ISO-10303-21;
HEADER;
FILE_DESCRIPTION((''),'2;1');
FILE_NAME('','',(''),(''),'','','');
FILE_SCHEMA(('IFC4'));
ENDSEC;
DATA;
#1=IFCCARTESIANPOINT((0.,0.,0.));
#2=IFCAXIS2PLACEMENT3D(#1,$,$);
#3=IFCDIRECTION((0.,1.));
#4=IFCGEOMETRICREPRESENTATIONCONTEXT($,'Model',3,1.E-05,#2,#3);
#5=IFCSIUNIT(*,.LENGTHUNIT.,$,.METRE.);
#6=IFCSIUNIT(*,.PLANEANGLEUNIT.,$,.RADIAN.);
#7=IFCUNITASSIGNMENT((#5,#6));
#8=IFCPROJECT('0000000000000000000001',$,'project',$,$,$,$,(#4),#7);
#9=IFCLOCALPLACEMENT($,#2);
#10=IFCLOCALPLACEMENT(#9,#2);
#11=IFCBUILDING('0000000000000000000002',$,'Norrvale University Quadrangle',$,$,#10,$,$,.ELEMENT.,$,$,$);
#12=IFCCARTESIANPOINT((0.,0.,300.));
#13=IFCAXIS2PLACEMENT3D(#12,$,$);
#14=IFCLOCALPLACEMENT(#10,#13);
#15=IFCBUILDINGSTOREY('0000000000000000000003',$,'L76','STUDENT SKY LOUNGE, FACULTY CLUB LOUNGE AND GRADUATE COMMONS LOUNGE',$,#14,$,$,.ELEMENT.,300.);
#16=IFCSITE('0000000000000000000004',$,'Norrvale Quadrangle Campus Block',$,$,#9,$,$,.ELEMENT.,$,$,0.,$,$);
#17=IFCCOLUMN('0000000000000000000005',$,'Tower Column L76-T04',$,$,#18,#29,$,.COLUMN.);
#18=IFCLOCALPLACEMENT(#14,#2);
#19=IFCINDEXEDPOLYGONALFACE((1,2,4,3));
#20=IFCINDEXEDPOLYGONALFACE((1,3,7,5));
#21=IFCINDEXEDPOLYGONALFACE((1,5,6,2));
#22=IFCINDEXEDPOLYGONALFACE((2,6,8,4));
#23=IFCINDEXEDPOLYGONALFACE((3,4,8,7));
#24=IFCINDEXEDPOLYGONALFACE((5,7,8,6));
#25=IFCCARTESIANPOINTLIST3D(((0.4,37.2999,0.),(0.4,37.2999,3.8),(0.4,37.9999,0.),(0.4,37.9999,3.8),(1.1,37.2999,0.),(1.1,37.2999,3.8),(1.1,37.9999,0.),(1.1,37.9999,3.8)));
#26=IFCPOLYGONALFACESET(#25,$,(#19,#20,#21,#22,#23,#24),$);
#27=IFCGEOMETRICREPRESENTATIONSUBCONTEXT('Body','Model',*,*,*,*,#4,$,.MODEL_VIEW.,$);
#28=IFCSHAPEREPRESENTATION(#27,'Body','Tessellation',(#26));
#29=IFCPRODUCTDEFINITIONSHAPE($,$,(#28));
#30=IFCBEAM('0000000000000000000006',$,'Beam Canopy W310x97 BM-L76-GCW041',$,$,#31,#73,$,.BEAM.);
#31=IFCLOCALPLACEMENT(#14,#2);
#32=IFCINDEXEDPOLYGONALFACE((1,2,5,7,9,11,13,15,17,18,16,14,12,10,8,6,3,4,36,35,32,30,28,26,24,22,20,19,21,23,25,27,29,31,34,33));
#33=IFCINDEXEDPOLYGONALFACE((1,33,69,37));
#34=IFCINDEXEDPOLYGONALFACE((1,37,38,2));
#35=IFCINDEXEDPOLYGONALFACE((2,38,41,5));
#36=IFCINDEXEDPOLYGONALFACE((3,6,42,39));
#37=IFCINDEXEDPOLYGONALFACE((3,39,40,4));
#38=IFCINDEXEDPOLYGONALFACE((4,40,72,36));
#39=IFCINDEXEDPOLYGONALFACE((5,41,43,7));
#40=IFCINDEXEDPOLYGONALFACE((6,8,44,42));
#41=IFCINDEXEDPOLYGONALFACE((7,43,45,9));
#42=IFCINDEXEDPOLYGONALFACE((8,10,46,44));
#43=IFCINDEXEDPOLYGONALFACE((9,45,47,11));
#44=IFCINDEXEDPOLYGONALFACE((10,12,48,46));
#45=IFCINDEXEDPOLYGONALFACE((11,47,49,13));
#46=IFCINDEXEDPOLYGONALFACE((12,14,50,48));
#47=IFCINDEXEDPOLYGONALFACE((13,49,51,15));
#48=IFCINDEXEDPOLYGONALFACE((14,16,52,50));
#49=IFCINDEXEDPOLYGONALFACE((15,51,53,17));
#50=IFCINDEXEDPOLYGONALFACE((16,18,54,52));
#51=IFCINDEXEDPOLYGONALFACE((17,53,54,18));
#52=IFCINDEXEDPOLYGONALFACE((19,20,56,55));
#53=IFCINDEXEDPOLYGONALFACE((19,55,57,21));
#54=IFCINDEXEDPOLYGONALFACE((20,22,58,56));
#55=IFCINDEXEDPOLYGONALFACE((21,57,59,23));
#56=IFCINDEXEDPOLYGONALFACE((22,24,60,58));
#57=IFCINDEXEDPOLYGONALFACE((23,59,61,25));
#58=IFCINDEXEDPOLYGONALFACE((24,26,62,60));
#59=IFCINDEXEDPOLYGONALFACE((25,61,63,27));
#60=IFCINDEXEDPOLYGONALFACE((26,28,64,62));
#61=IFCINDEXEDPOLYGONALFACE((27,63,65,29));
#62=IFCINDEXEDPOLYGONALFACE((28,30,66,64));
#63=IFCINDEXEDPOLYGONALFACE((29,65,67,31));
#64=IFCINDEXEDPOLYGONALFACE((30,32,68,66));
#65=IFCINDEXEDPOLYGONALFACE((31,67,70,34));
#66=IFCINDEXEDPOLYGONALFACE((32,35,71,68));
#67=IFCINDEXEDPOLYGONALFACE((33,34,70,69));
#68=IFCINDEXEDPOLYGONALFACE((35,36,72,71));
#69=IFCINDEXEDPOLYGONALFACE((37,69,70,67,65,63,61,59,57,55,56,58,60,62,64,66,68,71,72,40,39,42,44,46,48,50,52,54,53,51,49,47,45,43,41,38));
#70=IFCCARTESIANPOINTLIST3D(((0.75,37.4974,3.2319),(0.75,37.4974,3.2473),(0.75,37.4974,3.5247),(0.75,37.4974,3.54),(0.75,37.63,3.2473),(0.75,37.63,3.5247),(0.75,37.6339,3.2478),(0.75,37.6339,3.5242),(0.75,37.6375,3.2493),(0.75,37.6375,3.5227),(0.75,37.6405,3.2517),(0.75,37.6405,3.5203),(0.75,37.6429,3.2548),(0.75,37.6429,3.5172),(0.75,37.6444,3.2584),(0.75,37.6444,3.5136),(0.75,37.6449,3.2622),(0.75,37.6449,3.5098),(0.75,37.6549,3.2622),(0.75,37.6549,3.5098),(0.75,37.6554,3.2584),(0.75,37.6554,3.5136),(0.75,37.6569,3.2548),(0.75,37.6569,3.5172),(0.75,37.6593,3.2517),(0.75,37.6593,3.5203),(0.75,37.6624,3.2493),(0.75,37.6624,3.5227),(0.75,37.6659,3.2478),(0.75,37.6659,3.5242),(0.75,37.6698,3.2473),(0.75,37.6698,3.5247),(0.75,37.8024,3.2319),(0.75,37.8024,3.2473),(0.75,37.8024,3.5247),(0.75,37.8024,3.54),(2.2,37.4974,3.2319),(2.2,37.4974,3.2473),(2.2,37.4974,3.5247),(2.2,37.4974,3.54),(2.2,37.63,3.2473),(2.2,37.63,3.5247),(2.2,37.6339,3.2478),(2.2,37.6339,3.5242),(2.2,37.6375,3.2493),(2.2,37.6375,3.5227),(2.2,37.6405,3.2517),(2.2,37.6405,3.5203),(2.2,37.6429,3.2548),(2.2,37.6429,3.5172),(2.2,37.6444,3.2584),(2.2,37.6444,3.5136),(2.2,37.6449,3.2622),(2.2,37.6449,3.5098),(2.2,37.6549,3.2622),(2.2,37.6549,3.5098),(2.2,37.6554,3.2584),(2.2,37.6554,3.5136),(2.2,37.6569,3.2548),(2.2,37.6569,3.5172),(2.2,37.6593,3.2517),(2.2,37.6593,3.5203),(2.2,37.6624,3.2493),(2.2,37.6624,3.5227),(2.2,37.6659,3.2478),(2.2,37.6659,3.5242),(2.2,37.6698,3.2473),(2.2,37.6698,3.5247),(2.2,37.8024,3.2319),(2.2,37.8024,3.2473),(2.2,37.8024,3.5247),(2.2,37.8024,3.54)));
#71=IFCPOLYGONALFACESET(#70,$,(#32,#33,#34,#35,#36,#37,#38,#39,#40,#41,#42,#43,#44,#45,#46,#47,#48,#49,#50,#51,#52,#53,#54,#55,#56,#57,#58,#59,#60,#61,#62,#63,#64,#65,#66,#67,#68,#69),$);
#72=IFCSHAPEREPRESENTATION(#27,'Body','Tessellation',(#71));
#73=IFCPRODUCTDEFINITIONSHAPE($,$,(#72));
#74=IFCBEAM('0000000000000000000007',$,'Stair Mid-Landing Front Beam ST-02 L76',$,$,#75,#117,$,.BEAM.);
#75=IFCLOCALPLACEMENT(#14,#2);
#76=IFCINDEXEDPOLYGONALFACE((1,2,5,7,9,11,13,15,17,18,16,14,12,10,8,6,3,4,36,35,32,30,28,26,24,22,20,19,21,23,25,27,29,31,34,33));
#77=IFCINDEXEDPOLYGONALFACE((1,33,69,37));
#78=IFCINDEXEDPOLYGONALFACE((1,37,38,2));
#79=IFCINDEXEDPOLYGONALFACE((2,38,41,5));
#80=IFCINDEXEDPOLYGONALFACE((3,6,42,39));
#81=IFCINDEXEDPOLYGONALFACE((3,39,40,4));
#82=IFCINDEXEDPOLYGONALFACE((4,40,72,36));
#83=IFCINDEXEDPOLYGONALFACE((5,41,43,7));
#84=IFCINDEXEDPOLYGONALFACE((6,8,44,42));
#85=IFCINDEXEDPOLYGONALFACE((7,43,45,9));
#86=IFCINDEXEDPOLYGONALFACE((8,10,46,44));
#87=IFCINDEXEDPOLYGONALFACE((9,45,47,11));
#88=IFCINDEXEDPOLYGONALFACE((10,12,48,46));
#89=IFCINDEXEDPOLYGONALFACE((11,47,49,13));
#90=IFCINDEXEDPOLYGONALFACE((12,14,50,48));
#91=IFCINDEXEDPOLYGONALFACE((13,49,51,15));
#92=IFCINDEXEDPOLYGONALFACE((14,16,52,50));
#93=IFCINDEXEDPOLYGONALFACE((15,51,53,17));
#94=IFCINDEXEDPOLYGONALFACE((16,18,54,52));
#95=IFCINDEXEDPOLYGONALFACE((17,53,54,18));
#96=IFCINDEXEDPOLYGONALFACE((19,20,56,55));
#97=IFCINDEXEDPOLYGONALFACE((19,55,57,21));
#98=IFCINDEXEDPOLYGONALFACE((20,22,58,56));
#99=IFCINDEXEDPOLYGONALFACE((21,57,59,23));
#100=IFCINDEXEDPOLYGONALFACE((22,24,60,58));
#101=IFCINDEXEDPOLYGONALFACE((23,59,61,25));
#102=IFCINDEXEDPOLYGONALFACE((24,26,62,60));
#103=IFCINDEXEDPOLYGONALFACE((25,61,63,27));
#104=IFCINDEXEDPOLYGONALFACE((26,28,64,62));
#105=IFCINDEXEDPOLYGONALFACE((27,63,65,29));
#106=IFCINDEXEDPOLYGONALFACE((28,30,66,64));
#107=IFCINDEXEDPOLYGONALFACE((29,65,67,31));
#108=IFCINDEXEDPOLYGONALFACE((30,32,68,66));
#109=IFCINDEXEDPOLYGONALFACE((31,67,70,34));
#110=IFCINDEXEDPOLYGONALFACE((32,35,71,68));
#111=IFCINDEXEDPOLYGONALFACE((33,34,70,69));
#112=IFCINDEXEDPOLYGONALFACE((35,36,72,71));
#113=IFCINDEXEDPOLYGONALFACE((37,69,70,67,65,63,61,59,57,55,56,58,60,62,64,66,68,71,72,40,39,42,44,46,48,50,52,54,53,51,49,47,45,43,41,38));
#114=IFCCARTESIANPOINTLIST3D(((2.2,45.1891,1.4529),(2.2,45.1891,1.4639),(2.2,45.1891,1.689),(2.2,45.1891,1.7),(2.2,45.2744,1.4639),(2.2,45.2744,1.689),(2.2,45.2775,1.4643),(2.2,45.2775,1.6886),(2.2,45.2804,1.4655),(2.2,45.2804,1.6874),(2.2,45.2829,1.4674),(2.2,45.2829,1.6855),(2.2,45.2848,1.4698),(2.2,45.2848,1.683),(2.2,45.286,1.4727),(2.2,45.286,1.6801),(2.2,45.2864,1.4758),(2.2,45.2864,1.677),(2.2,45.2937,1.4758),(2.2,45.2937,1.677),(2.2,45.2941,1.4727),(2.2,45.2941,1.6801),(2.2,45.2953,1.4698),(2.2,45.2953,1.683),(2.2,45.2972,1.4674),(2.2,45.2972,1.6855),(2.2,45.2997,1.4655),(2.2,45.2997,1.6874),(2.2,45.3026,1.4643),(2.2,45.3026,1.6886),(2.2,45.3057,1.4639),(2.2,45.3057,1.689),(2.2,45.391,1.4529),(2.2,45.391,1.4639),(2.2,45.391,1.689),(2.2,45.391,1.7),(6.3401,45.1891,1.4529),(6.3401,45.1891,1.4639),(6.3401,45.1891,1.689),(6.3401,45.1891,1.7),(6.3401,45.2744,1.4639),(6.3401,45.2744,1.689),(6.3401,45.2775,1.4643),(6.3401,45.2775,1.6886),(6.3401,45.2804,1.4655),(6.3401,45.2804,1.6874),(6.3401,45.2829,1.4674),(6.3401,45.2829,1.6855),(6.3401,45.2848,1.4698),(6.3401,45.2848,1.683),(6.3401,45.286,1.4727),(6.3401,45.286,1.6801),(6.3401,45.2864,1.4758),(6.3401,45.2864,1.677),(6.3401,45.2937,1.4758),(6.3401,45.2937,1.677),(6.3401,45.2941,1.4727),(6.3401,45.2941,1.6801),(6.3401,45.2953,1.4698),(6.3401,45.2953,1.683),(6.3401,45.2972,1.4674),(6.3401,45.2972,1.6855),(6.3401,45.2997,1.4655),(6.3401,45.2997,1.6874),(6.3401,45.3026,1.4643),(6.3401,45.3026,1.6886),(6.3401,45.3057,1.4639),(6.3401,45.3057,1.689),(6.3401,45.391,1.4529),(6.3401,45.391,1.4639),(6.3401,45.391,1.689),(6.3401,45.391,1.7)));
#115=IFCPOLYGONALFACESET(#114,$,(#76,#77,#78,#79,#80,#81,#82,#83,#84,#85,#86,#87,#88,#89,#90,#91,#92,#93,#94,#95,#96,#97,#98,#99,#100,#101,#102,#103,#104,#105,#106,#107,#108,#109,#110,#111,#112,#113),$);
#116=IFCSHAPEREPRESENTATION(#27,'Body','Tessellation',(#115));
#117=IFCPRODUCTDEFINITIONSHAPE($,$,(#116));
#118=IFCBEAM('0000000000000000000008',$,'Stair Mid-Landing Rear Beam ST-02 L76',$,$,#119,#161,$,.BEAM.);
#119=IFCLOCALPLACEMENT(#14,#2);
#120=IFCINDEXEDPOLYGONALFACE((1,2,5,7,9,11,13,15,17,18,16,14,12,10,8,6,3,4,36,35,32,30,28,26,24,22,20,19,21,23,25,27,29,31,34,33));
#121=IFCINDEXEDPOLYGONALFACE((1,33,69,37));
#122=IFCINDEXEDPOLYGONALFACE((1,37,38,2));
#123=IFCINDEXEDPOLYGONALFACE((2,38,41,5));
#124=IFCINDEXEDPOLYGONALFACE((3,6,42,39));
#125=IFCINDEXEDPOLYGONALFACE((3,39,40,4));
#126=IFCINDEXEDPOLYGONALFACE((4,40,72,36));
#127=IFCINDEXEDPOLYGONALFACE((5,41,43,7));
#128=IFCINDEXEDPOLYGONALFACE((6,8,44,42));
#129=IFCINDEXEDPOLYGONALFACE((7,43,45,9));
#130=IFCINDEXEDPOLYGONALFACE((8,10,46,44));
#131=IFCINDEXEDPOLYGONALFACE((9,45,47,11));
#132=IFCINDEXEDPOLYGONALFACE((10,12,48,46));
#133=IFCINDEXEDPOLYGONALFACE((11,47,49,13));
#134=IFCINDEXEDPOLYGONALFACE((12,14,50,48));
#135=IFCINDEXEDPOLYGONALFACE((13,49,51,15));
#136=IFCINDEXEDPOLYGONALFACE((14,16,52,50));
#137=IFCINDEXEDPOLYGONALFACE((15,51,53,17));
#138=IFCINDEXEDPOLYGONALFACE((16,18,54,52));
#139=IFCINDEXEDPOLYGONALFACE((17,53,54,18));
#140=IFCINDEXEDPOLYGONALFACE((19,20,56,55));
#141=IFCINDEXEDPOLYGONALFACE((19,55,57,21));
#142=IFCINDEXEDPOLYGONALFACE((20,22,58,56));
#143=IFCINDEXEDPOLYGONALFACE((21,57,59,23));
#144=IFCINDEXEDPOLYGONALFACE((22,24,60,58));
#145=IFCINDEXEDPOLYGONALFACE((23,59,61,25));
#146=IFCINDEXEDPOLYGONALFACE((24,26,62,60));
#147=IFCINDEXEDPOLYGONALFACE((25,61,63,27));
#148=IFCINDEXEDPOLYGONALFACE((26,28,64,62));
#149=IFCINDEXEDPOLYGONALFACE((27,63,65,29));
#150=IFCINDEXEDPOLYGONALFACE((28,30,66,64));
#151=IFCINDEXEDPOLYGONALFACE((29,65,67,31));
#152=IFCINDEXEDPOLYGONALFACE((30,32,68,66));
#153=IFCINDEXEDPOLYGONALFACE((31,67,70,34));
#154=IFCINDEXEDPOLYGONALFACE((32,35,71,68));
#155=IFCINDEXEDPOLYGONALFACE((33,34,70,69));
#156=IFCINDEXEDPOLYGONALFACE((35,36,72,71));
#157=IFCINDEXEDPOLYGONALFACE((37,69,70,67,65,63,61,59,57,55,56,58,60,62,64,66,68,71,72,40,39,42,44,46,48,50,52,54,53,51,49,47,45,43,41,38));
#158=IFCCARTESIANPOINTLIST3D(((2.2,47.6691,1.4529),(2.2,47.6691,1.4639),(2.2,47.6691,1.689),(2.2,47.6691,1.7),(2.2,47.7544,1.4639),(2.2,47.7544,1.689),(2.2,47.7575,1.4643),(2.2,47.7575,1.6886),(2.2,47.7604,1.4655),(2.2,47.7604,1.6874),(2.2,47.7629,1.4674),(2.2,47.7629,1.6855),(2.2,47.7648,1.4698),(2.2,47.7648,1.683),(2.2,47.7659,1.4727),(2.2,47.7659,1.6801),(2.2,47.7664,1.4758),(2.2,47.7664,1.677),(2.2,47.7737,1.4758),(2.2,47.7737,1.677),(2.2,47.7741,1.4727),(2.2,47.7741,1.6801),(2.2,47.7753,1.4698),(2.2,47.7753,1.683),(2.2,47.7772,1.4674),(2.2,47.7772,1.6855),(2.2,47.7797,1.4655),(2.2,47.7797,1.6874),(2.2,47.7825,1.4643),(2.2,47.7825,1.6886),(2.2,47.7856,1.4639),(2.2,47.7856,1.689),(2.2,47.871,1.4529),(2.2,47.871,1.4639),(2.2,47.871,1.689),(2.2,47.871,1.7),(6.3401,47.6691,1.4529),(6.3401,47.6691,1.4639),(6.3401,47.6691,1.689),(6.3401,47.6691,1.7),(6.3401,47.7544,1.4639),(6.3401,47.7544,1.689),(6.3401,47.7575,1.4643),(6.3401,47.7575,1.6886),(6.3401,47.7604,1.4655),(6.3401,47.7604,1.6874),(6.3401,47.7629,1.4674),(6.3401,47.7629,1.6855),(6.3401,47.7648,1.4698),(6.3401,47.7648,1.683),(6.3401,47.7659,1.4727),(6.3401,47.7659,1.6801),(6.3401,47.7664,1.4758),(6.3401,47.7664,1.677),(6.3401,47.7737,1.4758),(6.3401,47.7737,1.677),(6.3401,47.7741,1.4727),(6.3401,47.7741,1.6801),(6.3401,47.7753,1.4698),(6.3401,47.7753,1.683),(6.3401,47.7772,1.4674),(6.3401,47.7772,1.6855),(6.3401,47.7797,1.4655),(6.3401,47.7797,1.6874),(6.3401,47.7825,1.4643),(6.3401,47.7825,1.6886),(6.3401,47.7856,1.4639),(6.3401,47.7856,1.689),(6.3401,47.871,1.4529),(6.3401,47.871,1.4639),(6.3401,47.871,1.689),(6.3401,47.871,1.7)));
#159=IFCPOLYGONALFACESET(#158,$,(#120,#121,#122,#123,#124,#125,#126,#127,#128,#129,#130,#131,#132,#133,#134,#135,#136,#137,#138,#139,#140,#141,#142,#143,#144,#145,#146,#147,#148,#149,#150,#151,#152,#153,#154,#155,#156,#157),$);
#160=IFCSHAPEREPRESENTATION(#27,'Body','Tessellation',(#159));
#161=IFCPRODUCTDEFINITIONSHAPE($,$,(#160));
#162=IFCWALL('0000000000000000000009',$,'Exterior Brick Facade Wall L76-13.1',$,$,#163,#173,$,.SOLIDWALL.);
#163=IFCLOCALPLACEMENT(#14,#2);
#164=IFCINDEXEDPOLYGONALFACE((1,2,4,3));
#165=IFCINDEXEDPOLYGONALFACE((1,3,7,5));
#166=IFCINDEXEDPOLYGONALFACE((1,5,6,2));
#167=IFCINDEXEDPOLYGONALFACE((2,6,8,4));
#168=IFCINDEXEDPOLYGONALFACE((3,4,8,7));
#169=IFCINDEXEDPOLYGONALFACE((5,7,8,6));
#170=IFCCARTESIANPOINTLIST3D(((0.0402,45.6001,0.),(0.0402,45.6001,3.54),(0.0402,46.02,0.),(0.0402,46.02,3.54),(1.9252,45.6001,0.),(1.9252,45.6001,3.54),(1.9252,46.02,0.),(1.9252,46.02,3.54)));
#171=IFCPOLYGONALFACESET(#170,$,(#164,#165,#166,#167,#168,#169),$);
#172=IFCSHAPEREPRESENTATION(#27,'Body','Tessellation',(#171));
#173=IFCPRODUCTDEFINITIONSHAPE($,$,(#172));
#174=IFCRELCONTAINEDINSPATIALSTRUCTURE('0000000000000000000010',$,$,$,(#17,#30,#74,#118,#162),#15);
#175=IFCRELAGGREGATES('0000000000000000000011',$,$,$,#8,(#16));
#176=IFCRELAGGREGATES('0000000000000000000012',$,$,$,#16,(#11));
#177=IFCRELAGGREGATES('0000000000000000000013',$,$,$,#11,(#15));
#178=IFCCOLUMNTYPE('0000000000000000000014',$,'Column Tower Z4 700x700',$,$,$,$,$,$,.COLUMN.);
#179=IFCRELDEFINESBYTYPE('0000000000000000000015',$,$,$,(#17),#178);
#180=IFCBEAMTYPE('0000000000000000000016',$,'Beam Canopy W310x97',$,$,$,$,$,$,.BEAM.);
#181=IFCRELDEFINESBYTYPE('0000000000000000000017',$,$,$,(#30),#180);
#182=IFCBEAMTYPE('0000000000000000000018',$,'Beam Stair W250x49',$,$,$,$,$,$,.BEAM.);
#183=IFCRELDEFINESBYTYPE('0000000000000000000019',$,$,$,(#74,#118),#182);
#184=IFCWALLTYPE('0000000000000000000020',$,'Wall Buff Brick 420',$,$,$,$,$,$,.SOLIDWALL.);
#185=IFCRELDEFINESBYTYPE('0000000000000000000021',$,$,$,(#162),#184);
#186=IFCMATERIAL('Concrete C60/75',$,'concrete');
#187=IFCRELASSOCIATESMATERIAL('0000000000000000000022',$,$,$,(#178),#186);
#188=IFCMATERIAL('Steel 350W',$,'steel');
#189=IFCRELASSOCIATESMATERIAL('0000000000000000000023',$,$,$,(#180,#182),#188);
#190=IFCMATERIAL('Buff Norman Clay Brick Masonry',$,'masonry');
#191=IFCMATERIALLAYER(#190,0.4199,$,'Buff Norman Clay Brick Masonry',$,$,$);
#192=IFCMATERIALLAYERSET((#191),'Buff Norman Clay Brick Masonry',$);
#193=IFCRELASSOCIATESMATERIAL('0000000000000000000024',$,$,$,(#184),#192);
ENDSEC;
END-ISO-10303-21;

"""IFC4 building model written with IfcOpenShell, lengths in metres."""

from ifc_helpers import new_model, si_unit, direction, frame, frame_2d, origin, origin_2d, place, context, subcontext, project, spatial, rectangle, i_section, extrude, material, layer, layer_set, material_profile, profile_set, type_object, element, save


model = new_model("IFC4")

# Units and contexts
model_context = context("Model", 3, precision=1e-05, world=origin(), true_north=direction((0.0, 1.0)))
body_context = subcontext(model_context, "Body", "Model", "MODEL_VIEW")
ifc_project = project(units=[si_unit("LENGTHUNIT", "METRE"), si_unit("PLANEANGLEUNIT", "RADIAN")], contexts=[model_context])

# Site, building, storey
site_placement = place(None, origin())
site = spatial("IfcSite", under=ifc_project, at=site_placement, Name="Norrvale Quadrangle Campus Block", CompositionType="ELEMENT", RefElevation=0.0)
building_placement = place(site_placement, origin())
building = spatial("IfcBuilding", under=site, at=building_placement, Name="Norrvale University Quadrangle", CompositionType="ELEMENT")
storey_placement = place(building_placement, frame((0.0, 0.0, 300.0)))
storey = spatial("IfcBuildingStorey", under=building, at=storey_placement, Name="L76", Description="STUDENT SKY LOUNGE, FACULTY CLUB LOUNGE AND GRADUATE COMMONS LOUNGE", CompositionType="ELEMENT", Elevation=300.0)

# Column
ifc_material_1 = material(Name="Concrete C60/75", Category="concrete")
ifc_material_profile_1 = material_profile(ifc_material_1, rectangle(XDim=0.7, YDim=0.7, at=origin_2d()), Name="Concrete C60/75")
ifc_profile_set_1 = profile_set([ifc_material_profile_1], Name="Concrete C60/75")
column_type = type_object("IfcColumnType", Name="Column Tower Z4 700x700", PredefinedType="COLUMN", material=ifc_profile_set_1)
column_placement = place(storey_placement, frame((0.75, 37.6499, 0.0), z_axis=(0.0, 0.0, 1.0), x_axis=(1.0, 0.0, 0.0)))
element("IfcColumn", 1, at=column_placement, inside=storey, type_object=column_type, Name="Tower Column L76-T04", PredefinedType="COLUMN", context=body_context, shape_type="SweptSolid", body=[
    extrude(rectangle(XDim=0.7, YDim=0.7, at=origin_2d()), origin(), (0.0, 0.0, 1.0), 3.8),
])

# Beams
ifc_material_2 = material(Name="Steel 350W", Category="steel")
ifc_material_profile_2 = material_profile(ifc_material_2, i_section(OverallWidth=0.3049, OverallDepth=0.3081, WebThickness=0.01, FlangeThickness=0.0154, FilletRadius=0.0149, at=origin_2d()), Name="Steel 350W")
ifc_profile_set_2 = profile_set([ifc_material_profile_2], Name="Steel 350W")
beam_type_1 = type_object("IfcBeamType", Name="Beam Canopy W310x97", PredefinedType="BEAM", material=ifc_profile_set_2)
beam_placement = place(storey_placement, frame((0.75, 37.6499, 3.386), z_axis=(1.0, 0.0, 0.0), x_axis=(0.0, 1.0, 0.0)))
element("IfcBeam", 2, at=beam_placement, inside=storey, type_object=beam_type_1, Name="Beam Canopy W310x97 BM-L76-GCW041", PredefinedType="BEAM", context=body_context, shape_type="SweptSolid", body=[
    extrude(i_section(OverallWidth=0.3049, OverallDepth=0.3081, WebThickness=0.01, FlangeThickness=0.0154, FilletRadius=0.0149, at=origin_2d()), origin(), (0.0, 0.0, 1.0), 1.45),
])
ifc_material_profile_3 = material_profile(ifc_material_2, i_section(OverallWidth=0.2019, OverallDepth=0.2471, WebThickness=0.0073, FlangeThickness=0.011, FilletRadius=0.012, at=origin_2d()), Name="Steel 350W")
ifc_profile_set_3 = profile_set([ifc_material_profile_3], Name="Steel 350W")
beam_type_2 = type_object("IfcBeamType", Name="Beam Stair W250x49", PredefinedType="BEAM", material=ifc_profile_set_3)
for number, where, z_axis, x_axis, name in (
    (3, (2.2, 45.29, 1.5764), (1.0, 0.0, 0.0), (0.0, 1.0, 0.0), "Stair Mid-Landing Front Beam ST-02 L76"),
    (4, (2.2, 47.77, 1.5764), (1.0, 0.0, 0.0), (0.0, 1.0, 0.0), "Stair Mid-Landing Rear Beam ST-02 L76"),
):
    element("IfcBeam", number, at=place(storey_placement, frame(where, z_axis=z_axis, x_axis=x_axis)), inside=storey, type_object=beam_type_2, Name=name, PredefinedType="BEAM", context=body_context, shape_type="SweptSolid", body=[
        extrude(i_section(OverallWidth=0.2019, OverallDepth=0.2471, WebThickness=0.0073, FlangeThickness=0.011, FilletRadius=0.012, at=origin_2d()), origin(), (0.0, 0.0, 1.0), 4.1401),
    ])

# Wall
ifc_material_3 = material(Name="Buff Norman Clay Brick Masonry", Category="masonry")
ifc_layer_1 = layer(ifc_material_3, 0.4199, Name="Buff Norman Clay Brick Masonry")
ifc_layer_set_1 = layer_set([ifc_layer_1], Name="Buff Norman Clay Brick Masonry")
wall_type_1 = type_object("IfcWallType", Name="Wall Buff Brick 420", PredefinedType="SOLIDWALL", material=ifc_layer_set_1)
wall_1_placement = place(storey_placement, frame((1.925, 45.8101, 0.0), z_axis=(0.0, 0.0, 1.0), x_axis=(-1.0, 0.0, 0.0)))
element("IfcWall", 5, at=wall_1_placement, inside=storey, type_object=wall_type_1, Name="Exterior Brick Facade Wall L76-13.1", PredefinedType="SOLIDWALL", context=body_context, shape_type="SweptSolid", body=[
    extrude(rectangle(XDim=1.885, YDim=0.4199, at=frame_2d((0.9424, 0.0))), origin(), (0.0, 0.0, 1.0), 3.54),
])

save(model, "model.ifc")
